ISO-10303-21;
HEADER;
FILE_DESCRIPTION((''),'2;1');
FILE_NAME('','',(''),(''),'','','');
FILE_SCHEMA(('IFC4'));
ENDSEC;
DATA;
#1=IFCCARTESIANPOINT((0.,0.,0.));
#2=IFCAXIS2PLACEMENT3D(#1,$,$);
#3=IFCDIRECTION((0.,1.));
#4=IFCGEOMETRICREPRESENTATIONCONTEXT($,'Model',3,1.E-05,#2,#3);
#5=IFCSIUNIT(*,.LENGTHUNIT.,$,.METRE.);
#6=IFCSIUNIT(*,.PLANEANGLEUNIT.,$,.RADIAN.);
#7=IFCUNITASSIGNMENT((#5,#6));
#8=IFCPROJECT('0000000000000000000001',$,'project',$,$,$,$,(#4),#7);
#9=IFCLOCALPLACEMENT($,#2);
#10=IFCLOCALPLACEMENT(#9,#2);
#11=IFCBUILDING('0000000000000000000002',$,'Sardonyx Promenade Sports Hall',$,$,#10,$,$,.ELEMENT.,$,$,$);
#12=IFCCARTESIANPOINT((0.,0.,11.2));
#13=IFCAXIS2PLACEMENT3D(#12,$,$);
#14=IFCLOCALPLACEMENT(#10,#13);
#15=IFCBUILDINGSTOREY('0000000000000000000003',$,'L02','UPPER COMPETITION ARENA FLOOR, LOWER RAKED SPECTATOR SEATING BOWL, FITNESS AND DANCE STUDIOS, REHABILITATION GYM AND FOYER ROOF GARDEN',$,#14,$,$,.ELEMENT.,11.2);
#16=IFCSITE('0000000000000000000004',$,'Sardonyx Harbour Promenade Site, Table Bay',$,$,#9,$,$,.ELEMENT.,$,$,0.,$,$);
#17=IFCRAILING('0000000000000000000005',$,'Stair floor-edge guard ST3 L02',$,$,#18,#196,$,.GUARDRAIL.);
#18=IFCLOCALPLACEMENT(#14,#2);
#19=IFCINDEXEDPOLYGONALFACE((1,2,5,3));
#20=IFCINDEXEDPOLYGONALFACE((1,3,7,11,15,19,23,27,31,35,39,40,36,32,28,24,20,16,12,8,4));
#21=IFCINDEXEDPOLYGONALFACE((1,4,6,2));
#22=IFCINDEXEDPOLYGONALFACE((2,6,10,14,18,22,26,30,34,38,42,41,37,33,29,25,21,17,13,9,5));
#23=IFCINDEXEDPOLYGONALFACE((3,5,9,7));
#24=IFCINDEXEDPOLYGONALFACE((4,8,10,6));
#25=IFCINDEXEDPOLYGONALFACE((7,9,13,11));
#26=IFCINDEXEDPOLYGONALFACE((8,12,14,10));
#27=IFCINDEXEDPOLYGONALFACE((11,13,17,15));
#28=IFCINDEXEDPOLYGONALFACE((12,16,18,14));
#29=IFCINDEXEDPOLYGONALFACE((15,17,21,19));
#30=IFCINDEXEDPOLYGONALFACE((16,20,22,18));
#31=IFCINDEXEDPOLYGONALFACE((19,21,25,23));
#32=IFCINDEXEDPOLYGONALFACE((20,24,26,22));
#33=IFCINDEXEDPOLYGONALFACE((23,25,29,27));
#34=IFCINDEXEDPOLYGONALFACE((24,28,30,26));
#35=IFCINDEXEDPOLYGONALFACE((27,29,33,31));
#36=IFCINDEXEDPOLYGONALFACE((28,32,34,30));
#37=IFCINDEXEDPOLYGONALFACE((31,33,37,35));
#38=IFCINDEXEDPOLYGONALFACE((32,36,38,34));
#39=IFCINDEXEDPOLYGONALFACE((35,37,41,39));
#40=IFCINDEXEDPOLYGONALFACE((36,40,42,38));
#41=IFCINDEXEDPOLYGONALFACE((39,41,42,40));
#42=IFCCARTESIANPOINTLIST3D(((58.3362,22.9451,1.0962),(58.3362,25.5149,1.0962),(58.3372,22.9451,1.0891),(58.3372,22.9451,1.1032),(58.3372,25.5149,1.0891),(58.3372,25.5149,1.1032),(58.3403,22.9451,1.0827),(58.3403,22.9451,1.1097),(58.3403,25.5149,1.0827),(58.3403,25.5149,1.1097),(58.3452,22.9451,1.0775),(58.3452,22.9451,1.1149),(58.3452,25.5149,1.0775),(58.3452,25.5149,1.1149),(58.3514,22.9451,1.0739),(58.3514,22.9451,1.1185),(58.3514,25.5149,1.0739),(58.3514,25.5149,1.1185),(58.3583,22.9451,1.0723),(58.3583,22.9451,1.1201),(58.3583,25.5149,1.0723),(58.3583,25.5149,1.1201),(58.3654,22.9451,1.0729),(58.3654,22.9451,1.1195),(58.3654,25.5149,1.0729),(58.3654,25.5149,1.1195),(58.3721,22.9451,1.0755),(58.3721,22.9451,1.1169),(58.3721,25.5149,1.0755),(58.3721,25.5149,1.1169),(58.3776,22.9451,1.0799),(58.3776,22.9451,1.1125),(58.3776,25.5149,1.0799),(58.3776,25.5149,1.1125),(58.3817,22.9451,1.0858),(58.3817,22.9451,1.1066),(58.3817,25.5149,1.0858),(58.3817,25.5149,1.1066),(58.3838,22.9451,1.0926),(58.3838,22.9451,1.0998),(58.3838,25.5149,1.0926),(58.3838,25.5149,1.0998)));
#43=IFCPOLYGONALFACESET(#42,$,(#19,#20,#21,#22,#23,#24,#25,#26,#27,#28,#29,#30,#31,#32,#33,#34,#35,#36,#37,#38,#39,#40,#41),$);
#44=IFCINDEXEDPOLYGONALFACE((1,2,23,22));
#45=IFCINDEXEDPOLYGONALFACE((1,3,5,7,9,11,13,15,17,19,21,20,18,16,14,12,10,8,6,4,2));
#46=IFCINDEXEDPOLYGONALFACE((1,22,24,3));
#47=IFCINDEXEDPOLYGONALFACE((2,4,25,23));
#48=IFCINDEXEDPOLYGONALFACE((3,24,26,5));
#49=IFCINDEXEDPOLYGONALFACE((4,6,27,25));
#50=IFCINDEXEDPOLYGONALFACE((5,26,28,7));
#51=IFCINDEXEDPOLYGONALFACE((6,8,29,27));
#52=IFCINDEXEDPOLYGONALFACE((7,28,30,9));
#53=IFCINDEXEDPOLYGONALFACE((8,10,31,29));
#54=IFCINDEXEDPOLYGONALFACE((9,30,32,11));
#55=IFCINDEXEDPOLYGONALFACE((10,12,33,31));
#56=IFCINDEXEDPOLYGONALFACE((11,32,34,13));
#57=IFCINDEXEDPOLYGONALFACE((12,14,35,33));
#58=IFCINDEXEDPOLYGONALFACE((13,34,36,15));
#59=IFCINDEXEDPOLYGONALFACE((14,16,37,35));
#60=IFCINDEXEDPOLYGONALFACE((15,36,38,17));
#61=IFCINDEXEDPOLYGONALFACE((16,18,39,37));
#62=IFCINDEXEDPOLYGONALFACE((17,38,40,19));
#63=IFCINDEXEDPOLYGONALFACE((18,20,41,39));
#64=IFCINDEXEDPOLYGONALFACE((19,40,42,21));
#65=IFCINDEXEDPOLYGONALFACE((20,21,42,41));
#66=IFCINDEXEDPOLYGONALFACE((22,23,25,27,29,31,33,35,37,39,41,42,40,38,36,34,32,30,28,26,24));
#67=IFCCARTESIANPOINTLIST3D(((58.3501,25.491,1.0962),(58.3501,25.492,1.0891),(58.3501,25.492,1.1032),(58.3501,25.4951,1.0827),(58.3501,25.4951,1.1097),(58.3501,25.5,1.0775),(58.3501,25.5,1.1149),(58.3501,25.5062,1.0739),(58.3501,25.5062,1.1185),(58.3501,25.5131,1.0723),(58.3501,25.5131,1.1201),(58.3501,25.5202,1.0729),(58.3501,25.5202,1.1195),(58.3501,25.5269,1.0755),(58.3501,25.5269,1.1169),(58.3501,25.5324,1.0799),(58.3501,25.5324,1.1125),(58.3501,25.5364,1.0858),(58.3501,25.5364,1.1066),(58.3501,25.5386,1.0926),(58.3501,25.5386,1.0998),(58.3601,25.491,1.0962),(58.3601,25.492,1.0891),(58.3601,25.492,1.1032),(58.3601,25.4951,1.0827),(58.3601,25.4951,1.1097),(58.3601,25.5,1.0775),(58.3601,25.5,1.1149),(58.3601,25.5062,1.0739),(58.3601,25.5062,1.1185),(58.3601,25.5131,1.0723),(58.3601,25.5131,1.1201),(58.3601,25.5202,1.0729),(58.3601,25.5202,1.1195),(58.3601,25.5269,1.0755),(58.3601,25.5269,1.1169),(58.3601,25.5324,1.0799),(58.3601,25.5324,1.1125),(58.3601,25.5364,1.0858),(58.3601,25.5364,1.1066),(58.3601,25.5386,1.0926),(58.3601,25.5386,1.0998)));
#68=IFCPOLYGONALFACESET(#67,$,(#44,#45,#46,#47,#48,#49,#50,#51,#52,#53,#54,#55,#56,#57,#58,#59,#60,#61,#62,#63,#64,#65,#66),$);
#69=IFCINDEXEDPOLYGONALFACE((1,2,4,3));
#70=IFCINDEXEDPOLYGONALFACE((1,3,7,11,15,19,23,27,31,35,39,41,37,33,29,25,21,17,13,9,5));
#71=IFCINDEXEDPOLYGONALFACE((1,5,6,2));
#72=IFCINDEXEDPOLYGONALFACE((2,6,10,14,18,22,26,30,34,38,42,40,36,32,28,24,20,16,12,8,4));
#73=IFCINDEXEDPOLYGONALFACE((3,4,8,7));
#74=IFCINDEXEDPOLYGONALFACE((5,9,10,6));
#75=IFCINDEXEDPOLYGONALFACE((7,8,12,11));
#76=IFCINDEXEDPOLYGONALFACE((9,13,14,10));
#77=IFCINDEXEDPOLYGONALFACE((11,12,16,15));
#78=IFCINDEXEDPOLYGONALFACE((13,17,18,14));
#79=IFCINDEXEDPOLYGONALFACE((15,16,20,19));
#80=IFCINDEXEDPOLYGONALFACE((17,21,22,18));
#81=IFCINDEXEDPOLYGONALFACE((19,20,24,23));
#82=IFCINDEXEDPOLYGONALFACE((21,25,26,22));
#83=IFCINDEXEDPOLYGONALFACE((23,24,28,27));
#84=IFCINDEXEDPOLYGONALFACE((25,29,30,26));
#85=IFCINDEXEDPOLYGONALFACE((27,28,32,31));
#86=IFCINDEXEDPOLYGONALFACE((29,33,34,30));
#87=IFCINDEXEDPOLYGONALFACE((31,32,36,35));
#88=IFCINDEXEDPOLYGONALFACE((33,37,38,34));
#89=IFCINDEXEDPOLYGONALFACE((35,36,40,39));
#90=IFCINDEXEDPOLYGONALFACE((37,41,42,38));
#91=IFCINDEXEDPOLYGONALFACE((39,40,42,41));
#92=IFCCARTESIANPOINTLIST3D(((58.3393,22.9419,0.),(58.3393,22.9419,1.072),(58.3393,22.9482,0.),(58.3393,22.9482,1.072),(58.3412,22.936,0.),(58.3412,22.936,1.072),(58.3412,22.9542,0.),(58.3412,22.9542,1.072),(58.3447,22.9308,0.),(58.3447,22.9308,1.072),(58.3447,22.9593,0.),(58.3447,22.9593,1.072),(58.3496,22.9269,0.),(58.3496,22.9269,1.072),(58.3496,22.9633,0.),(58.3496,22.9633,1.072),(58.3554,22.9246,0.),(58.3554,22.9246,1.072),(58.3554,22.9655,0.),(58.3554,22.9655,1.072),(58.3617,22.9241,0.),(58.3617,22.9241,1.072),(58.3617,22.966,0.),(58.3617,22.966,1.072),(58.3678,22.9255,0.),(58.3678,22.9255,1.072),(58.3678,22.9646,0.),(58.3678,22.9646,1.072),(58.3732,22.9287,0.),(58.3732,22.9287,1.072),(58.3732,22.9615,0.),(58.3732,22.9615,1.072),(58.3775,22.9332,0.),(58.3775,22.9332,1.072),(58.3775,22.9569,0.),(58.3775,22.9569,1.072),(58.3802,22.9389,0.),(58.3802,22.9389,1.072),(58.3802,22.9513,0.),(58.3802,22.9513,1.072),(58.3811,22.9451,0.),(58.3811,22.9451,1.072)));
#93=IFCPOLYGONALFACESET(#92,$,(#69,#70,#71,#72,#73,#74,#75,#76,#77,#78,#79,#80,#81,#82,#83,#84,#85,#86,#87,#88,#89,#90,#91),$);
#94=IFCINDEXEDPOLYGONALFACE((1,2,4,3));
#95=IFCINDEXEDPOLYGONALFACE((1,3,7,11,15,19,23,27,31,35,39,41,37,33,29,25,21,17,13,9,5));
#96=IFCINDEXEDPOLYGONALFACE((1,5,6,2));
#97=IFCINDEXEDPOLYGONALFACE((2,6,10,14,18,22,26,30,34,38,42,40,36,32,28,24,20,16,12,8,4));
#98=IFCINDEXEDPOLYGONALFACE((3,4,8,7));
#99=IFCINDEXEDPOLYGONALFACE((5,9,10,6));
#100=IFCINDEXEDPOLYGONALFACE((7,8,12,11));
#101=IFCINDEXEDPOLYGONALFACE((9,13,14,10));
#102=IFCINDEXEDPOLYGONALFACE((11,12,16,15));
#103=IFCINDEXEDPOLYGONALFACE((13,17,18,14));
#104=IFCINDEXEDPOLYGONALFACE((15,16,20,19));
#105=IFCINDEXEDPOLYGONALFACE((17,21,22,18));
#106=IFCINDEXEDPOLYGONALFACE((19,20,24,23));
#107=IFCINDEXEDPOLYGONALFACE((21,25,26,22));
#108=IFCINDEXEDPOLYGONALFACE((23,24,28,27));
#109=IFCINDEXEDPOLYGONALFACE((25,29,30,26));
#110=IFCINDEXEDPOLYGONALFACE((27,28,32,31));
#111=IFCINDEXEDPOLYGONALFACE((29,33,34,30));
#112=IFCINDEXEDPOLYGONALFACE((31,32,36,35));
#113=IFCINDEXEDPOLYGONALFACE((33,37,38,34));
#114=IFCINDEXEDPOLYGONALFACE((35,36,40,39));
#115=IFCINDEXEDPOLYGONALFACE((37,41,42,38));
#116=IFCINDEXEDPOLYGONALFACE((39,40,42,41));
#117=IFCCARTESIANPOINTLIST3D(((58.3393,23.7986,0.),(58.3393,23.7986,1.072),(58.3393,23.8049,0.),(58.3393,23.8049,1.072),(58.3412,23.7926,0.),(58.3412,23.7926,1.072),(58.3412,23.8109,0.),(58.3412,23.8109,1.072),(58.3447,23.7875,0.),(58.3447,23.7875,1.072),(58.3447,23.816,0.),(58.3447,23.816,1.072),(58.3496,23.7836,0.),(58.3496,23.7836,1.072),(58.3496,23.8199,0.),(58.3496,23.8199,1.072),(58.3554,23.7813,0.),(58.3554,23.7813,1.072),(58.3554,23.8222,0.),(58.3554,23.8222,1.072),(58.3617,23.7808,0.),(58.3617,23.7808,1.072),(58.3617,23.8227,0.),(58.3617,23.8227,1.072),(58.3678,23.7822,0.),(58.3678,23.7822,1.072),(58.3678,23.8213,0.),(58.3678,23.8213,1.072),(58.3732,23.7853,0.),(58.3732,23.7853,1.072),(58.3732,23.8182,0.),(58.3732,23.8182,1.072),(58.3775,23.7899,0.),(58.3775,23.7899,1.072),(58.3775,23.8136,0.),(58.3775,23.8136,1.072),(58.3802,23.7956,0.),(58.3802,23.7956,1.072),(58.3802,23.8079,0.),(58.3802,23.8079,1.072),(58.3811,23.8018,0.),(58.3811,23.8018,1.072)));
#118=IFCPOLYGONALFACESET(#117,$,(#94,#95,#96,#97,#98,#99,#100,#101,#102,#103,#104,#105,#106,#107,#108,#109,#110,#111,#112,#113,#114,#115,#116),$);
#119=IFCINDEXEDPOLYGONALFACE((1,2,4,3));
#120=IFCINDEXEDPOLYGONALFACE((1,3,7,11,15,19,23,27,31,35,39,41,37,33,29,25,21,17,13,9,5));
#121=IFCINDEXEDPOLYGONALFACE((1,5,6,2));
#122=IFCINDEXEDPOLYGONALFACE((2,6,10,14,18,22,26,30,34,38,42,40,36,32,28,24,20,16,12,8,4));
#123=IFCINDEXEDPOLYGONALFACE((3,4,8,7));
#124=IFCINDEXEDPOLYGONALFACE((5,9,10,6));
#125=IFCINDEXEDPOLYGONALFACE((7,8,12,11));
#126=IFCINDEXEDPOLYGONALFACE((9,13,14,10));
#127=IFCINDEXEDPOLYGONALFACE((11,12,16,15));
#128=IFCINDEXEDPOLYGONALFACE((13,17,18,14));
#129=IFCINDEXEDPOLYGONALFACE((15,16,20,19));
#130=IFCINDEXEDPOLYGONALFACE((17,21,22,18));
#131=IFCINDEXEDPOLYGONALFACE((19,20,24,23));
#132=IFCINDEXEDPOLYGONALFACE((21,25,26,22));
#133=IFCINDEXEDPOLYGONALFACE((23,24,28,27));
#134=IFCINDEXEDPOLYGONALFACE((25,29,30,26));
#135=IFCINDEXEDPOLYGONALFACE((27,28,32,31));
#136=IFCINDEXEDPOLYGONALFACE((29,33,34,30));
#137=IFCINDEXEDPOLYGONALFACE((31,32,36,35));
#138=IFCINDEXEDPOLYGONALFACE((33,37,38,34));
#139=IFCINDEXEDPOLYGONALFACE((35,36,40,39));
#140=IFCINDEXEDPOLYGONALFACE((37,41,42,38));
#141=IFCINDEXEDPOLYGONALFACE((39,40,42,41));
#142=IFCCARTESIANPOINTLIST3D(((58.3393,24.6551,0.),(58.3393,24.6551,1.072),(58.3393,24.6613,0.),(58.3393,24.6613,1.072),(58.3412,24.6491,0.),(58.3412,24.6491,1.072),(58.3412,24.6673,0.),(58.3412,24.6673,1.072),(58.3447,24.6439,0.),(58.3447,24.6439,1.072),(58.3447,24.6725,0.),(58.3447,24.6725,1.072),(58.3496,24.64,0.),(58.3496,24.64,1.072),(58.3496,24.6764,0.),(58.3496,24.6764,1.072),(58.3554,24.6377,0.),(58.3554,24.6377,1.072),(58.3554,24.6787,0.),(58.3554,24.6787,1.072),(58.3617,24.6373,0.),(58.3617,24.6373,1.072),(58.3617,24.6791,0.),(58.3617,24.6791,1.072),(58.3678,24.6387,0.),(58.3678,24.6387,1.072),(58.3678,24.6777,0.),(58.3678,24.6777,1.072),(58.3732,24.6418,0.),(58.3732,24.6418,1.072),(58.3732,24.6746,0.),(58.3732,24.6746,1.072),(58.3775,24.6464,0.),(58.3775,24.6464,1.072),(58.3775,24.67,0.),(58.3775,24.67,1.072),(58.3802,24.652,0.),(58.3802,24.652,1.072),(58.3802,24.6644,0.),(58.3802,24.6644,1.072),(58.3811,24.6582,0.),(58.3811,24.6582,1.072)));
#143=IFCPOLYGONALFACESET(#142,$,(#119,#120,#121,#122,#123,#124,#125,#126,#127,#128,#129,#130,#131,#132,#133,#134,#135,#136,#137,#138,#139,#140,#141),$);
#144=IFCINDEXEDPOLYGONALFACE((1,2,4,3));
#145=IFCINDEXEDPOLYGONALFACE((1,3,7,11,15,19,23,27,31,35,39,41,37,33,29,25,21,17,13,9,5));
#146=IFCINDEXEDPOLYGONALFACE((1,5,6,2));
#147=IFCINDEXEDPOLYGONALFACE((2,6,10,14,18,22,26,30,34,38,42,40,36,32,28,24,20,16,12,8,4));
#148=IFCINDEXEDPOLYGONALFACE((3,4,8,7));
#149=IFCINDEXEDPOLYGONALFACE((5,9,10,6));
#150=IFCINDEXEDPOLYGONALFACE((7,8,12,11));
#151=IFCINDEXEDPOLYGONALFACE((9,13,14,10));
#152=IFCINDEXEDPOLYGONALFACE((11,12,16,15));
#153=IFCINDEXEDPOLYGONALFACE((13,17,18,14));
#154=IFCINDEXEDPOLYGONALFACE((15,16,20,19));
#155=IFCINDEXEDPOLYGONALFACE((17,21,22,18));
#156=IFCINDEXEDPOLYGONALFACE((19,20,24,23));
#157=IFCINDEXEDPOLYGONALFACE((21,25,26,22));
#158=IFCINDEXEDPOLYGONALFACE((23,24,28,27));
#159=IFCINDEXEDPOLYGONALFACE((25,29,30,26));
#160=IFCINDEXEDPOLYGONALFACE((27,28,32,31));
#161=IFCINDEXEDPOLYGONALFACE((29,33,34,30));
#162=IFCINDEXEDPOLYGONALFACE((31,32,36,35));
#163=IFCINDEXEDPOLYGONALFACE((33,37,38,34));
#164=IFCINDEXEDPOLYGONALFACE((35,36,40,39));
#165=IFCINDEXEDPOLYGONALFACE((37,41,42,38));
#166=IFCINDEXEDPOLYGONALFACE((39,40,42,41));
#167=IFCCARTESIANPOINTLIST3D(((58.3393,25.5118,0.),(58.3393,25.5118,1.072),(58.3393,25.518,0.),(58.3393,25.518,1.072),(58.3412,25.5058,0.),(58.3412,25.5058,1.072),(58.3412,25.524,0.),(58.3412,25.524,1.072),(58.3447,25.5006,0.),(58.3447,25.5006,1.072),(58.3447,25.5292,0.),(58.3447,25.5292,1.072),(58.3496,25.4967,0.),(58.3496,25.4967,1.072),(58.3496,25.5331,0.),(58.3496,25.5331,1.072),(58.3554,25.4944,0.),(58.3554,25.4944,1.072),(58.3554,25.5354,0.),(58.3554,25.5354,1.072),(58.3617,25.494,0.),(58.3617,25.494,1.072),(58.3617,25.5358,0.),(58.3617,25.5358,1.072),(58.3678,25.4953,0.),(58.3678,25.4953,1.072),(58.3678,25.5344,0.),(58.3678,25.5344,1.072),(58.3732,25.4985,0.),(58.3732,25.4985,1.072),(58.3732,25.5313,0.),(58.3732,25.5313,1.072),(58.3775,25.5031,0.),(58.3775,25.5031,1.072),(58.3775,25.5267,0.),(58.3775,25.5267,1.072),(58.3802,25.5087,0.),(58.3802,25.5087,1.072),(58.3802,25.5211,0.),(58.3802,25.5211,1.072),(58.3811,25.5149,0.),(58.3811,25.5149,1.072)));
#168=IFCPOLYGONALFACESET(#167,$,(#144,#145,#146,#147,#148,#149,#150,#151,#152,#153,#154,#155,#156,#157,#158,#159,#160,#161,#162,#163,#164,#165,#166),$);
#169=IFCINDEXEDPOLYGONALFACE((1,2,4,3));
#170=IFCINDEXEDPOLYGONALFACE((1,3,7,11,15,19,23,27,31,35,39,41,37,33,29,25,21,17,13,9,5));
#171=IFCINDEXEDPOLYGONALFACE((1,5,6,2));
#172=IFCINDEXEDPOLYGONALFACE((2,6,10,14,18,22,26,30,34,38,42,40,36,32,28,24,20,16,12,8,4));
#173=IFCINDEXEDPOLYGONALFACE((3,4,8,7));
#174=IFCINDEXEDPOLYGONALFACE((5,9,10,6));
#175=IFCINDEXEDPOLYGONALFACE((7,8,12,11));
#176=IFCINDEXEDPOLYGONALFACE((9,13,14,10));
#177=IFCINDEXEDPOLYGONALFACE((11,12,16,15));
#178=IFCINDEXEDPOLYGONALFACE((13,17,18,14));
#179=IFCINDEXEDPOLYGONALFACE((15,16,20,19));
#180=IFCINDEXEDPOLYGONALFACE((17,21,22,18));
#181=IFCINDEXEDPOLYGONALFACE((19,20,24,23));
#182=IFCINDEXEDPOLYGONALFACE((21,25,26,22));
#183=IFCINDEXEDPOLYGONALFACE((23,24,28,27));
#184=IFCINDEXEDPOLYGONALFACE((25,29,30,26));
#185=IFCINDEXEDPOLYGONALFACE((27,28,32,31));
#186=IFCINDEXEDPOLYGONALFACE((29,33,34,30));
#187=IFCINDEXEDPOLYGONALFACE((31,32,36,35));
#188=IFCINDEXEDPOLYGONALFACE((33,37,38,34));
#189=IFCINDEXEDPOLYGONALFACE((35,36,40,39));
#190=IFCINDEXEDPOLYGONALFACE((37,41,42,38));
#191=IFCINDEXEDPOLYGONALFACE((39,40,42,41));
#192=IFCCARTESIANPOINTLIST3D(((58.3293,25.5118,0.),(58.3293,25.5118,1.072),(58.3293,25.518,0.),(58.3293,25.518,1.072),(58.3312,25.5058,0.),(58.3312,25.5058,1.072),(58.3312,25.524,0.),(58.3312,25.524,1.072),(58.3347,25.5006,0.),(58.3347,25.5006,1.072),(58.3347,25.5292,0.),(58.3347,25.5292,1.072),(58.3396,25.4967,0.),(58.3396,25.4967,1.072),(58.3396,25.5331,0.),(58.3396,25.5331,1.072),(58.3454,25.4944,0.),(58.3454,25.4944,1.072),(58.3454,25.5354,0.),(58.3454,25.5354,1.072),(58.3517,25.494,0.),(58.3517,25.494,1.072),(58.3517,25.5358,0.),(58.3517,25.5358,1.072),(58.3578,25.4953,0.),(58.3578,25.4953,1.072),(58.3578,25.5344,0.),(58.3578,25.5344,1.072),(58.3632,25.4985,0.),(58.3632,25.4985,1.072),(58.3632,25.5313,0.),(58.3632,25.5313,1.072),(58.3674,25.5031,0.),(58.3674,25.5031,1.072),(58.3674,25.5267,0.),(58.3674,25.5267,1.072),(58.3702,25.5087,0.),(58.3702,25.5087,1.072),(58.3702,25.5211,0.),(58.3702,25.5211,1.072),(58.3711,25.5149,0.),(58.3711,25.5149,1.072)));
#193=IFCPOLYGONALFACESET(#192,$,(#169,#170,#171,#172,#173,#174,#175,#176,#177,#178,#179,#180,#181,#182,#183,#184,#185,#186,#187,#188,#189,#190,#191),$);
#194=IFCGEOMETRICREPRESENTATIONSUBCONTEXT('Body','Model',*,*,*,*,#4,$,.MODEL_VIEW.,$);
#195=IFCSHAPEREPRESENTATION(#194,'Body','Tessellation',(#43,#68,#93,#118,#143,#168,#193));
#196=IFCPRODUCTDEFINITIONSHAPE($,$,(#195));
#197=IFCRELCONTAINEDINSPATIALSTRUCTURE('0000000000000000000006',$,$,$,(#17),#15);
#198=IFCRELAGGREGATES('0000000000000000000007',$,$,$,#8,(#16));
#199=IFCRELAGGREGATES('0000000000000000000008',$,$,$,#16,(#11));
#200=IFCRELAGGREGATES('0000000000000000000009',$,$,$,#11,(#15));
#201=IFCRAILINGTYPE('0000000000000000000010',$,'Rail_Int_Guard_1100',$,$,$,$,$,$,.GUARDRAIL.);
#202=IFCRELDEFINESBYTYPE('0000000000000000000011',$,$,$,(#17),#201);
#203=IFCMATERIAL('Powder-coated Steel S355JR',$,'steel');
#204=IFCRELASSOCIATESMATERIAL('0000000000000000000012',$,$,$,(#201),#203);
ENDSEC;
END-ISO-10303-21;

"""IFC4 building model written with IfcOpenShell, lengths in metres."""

from ifc_helpers import new_model, si_unit, direction, frame, origin, origin_2d, place, context, subcontext, project, spatial, circle, extrude, material, type_object, element, save


model = new_model("IFC4")

# Units and contexts
model_context = context("Model", 3, precision=1e-05, world=origin(), true_north=direction((0.0, 1.0)))
body_context = subcontext(model_context, "Body", "Model", "MODEL_VIEW")
ifc_project = project(units=[si_unit("LENGTHUNIT", "METRE"), si_unit("PLANEANGLEUNIT", "RADIAN")], contexts=[model_context])

# Site, building, storey
site_placement = place(None, origin())
site = spatial("IfcSite", under=ifc_project, at=site_placement, Name="Sardonyx Harbour Promenade Site, Table Bay", CompositionType="ELEMENT", RefElevation=0.0)
building_placement = place(site_placement, origin())
building = spatial("IfcBuilding", under=site, at=building_placement, Name="Sardonyx Promenade Sports Hall", CompositionType="ELEMENT")
storey_placement = place(building_placement, frame((0.0, 0.0, 11.2)))
storey = spatial("IfcBuildingStorey", under=building, at=storey_placement, Name="L02", Description="UPPER COMPETITION ARENA FLOOR, LOWER RAKED SPECTATOR SEATING BOWL, FITNESS AND DANCE STUDIOS, REHABILITATION GYM AND FOYER ROOF GARDEN", CompositionType="ELEMENT", Elevation=11.2)

# Railing
ifc_material_1 = material(Name="Powder-coated Steel S355JR", Category="steel")
railing_type_1 = type_object("IfcRailingType", Name="Rail_Int_Guard_1100", PredefinedType="GUARDRAIL", material=ifc_material_1)
railing_1_placement = place(storey_placement, frame((58.3601, 22.9451, 0.0)))
element("IfcRailing", 1, at=railing_1_placement, inside=storey, type_object=railing_type_1, Name="Stair floor-edge guard ST3 L02", PredefinedType="GUARDRAIL", context=body_context, shape_type="SweptSolid", body=[
    extrude(circle(Radius=0.0239, at=origin_2d()), frame((0.0, 0.0, 1.0962), z_axis=(0.0, 1.0, 0.0), x_axis=(-1.0, 0.0, 0.0)), (0.0, 0.0, 1.0), 2.5698),
    extrude(circle(Radius=0.0239, at=origin_2d()), frame((0.0, 2.5698, 1.0962), z_axis=(-1.0, 0.0, 0.0), x_axis=(0.0, -1.0, 0.0)), (0.0, 0.0, 1.0), 0.01),
    extrude(circle(Radius=0.021, at=origin_2d()), origin(), (0.0, 0.0, 1.0), 1.072),
    extrude(circle(Radius=0.021, at=origin_2d()), frame((0.0, 0.8567, 0.0)), (0.0, 0.0, 1.0), 1.072),
    extrude(circle(Radius=0.021, at=origin_2d()), frame((0.0, 1.7131, 0.0)), (0.0, 0.0, 1.0), 1.072),
    extrude(circle(Radius=0.021, at=origin_2d()), frame((0.0, 2.5698, 0.0)), (0.0, 0.0, 1.0), 1.072),
    extrude(circle(Radius=0.021, at=origin_2d()), frame((-0.01, 2.5698, 0.0)), (0.0, 0.0, 1.0), 1.072),
])

save(model, "model.ifc")
